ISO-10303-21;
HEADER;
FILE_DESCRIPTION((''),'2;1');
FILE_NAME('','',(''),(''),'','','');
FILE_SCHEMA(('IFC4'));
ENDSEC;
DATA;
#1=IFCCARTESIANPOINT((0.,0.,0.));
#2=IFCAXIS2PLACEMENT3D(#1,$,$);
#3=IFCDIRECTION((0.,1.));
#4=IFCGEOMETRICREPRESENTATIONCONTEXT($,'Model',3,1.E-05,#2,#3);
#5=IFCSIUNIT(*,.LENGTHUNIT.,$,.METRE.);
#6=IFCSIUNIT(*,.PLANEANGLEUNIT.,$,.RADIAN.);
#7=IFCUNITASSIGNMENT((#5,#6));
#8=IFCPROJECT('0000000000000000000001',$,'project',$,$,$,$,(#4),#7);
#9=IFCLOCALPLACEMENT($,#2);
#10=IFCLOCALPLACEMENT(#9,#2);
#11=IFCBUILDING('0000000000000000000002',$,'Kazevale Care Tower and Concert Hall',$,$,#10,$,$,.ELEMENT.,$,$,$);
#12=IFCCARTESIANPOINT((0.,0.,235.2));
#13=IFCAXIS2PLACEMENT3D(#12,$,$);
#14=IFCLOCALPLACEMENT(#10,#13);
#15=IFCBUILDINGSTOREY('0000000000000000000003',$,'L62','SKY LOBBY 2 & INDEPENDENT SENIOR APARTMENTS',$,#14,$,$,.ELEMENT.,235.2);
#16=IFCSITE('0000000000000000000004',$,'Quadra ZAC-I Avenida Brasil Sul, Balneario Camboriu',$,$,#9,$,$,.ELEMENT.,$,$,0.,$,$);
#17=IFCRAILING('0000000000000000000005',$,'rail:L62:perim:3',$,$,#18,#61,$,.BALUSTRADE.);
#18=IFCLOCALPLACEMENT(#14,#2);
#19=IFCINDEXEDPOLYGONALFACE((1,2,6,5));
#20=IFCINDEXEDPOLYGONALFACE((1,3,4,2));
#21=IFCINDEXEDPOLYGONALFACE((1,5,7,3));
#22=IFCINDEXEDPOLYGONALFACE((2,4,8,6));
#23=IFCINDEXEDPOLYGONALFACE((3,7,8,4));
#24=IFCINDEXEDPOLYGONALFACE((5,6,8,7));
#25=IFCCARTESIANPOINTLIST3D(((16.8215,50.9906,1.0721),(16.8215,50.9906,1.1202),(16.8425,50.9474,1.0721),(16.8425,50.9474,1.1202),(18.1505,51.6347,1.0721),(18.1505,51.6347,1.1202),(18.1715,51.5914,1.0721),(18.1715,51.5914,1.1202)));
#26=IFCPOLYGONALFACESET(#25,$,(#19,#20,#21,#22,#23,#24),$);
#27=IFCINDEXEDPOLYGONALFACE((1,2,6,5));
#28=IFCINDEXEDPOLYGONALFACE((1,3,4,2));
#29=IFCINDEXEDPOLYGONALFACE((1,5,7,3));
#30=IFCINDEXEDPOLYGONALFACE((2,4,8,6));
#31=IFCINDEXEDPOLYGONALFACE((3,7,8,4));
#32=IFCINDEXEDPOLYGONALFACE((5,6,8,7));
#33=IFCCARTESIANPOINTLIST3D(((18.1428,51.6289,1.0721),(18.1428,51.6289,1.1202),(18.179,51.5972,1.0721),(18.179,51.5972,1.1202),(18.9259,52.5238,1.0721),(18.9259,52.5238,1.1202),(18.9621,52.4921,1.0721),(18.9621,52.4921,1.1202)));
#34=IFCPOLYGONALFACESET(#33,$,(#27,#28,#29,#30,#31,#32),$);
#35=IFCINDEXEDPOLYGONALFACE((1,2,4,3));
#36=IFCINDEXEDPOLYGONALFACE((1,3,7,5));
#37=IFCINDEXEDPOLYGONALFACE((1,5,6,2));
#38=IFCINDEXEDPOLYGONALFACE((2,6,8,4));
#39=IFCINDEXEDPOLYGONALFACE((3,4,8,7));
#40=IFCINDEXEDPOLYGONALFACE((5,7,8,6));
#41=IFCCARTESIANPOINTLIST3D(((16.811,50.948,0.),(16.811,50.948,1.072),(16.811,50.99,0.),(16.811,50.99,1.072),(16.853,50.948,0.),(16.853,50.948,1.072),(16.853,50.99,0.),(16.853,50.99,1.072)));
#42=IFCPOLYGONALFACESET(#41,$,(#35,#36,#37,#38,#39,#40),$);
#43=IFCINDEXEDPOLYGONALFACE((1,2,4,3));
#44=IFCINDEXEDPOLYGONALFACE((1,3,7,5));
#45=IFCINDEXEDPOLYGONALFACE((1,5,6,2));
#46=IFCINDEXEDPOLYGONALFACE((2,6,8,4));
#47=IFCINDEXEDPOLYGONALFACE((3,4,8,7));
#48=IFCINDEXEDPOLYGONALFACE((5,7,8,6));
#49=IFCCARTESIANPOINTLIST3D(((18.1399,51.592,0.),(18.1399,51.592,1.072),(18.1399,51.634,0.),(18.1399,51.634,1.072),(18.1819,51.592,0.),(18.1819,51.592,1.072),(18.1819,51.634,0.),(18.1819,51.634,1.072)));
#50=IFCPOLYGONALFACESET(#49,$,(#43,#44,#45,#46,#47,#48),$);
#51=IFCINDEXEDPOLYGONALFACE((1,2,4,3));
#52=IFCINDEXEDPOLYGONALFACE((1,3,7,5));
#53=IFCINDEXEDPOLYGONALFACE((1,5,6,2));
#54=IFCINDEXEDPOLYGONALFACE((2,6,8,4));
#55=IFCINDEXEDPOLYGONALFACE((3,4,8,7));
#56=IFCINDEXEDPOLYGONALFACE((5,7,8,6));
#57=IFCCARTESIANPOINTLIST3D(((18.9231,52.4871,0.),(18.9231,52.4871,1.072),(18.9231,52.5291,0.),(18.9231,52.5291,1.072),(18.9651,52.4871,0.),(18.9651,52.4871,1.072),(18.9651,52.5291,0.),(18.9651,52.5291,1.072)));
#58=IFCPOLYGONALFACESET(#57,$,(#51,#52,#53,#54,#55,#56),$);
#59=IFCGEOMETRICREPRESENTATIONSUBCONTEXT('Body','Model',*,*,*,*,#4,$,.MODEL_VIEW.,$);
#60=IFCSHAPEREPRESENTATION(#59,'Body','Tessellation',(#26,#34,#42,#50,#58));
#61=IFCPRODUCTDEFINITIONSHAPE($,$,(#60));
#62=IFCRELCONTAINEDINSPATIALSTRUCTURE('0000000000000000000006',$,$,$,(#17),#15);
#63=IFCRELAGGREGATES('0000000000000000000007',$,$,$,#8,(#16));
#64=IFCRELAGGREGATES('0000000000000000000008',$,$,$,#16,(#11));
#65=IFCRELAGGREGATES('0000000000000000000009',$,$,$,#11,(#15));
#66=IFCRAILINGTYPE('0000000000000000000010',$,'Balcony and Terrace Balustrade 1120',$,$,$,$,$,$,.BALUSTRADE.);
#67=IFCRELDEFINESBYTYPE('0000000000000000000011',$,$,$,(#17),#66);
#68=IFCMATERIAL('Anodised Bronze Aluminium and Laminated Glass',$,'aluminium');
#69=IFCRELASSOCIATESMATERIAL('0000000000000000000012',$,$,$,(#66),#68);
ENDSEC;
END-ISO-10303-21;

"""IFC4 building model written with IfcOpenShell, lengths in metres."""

from ifc_helpers import new_model, si_unit, direction, frame, origin, origin_2d, place, context, subcontext, project, spatial, rectangle, extrude, material, type_object, element, save


model = new_model("IFC4")

# Units and contexts
model_context = context("Model", 3, precision=1e-05, world=origin(), true_north=direction((0.0, 1.0)))
body_context = subcontext(model_context, "Body", "Model", "MODEL_VIEW")
ifc_project = project(units=[si_unit("LENGTHUNIT", "METRE"), si_unit("PLANEANGLEUNIT", "RADIAN")], contexts=[model_context])

# Site, building, storey
site_placement = place(None, origin())
site = spatial("IfcSite", under=ifc_project, at=site_placement, Name="Quadra ZAC-I Avenida Brasil Sul, Balneario Camboriu", CompositionType="ELEMENT", RefElevation=0.0)
building_placement = place(site_placement, origin())
building = spatial("IfcBuilding", under=site, at=building_placement, Name="Kazevale Care Tower and Concert Hall", CompositionType="ELEMENT")
storey_placement = place(building_placement, frame((0.0, 0.0, 235.2)))
storey = spatial("IfcBuildingStorey", under=building, at=storey_placement, Name="L62", Description="SKY LOBBY 2 & INDEPENDENT SENIOR APARTMENTS", CompositionType="ELEMENT", Elevation=235.2)

# Railing
ifc_material_1 = material(Name="Anodised Bronze Aluminium and Laminated Glass", Category="aluminium")
railing_type = type_object("IfcRailingType", Name="Balcony and Terrace Balustrade 1120", PredefinedType="BALUSTRADE", material=ifc_material_1)
railing_1_placement = place(storey_placement, frame((16.832, 50.969, 0.0)))
element("IfcRailing", 1, at=railing_1_placement, inside=storey, type_object=railing_type, Name="rail:L62:perim:3", PredefinedType="BALUSTRADE", context=body_context, shape_type="SweptSolid", body=[
    extrude(rectangle(XDim=0.0481, YDim=0.0481, at=origin_2d()), frame((0.0, 0.0, 1.0962), z_axis=(0.899881, 0.436136, 0.0), x_axis=(-0.436136, 0.899881, 0.0)), (0.0, 0.0, 1.0), 1.4768),
    extrude(rectangle(XDim=0.0481, YDim=0.0481, at=origin_2d()), frame((1.3289, 0.644, 1.0962), z_axis=(0.658534, 0.752551, 0.0), x_axis=(-0.752551, 0.658534, 0.0)), (0.0, 0.0, 1.0), 1.1892),
    extrude(rectangle(XDim=0.042, YDim=0.042, at=origin_2d()), origin(), (0.0, 0.0, 1.0), 1.072),
    extrude(rectangle(XDim=0.042, YDim=0.042, at=origin_2d()), frame((1.3289, 0.644, 0.0)), (0.0, 0.0, 1.0), 1.072),
    extrude(rectangle(XDim=0.042, YDim=0.042, at=origin_2d()), frame((2.1121, 1.5391, 0.0)), (0.0, 0.0, 1.0), 1.072),
])

save(model, "model.ifc")
